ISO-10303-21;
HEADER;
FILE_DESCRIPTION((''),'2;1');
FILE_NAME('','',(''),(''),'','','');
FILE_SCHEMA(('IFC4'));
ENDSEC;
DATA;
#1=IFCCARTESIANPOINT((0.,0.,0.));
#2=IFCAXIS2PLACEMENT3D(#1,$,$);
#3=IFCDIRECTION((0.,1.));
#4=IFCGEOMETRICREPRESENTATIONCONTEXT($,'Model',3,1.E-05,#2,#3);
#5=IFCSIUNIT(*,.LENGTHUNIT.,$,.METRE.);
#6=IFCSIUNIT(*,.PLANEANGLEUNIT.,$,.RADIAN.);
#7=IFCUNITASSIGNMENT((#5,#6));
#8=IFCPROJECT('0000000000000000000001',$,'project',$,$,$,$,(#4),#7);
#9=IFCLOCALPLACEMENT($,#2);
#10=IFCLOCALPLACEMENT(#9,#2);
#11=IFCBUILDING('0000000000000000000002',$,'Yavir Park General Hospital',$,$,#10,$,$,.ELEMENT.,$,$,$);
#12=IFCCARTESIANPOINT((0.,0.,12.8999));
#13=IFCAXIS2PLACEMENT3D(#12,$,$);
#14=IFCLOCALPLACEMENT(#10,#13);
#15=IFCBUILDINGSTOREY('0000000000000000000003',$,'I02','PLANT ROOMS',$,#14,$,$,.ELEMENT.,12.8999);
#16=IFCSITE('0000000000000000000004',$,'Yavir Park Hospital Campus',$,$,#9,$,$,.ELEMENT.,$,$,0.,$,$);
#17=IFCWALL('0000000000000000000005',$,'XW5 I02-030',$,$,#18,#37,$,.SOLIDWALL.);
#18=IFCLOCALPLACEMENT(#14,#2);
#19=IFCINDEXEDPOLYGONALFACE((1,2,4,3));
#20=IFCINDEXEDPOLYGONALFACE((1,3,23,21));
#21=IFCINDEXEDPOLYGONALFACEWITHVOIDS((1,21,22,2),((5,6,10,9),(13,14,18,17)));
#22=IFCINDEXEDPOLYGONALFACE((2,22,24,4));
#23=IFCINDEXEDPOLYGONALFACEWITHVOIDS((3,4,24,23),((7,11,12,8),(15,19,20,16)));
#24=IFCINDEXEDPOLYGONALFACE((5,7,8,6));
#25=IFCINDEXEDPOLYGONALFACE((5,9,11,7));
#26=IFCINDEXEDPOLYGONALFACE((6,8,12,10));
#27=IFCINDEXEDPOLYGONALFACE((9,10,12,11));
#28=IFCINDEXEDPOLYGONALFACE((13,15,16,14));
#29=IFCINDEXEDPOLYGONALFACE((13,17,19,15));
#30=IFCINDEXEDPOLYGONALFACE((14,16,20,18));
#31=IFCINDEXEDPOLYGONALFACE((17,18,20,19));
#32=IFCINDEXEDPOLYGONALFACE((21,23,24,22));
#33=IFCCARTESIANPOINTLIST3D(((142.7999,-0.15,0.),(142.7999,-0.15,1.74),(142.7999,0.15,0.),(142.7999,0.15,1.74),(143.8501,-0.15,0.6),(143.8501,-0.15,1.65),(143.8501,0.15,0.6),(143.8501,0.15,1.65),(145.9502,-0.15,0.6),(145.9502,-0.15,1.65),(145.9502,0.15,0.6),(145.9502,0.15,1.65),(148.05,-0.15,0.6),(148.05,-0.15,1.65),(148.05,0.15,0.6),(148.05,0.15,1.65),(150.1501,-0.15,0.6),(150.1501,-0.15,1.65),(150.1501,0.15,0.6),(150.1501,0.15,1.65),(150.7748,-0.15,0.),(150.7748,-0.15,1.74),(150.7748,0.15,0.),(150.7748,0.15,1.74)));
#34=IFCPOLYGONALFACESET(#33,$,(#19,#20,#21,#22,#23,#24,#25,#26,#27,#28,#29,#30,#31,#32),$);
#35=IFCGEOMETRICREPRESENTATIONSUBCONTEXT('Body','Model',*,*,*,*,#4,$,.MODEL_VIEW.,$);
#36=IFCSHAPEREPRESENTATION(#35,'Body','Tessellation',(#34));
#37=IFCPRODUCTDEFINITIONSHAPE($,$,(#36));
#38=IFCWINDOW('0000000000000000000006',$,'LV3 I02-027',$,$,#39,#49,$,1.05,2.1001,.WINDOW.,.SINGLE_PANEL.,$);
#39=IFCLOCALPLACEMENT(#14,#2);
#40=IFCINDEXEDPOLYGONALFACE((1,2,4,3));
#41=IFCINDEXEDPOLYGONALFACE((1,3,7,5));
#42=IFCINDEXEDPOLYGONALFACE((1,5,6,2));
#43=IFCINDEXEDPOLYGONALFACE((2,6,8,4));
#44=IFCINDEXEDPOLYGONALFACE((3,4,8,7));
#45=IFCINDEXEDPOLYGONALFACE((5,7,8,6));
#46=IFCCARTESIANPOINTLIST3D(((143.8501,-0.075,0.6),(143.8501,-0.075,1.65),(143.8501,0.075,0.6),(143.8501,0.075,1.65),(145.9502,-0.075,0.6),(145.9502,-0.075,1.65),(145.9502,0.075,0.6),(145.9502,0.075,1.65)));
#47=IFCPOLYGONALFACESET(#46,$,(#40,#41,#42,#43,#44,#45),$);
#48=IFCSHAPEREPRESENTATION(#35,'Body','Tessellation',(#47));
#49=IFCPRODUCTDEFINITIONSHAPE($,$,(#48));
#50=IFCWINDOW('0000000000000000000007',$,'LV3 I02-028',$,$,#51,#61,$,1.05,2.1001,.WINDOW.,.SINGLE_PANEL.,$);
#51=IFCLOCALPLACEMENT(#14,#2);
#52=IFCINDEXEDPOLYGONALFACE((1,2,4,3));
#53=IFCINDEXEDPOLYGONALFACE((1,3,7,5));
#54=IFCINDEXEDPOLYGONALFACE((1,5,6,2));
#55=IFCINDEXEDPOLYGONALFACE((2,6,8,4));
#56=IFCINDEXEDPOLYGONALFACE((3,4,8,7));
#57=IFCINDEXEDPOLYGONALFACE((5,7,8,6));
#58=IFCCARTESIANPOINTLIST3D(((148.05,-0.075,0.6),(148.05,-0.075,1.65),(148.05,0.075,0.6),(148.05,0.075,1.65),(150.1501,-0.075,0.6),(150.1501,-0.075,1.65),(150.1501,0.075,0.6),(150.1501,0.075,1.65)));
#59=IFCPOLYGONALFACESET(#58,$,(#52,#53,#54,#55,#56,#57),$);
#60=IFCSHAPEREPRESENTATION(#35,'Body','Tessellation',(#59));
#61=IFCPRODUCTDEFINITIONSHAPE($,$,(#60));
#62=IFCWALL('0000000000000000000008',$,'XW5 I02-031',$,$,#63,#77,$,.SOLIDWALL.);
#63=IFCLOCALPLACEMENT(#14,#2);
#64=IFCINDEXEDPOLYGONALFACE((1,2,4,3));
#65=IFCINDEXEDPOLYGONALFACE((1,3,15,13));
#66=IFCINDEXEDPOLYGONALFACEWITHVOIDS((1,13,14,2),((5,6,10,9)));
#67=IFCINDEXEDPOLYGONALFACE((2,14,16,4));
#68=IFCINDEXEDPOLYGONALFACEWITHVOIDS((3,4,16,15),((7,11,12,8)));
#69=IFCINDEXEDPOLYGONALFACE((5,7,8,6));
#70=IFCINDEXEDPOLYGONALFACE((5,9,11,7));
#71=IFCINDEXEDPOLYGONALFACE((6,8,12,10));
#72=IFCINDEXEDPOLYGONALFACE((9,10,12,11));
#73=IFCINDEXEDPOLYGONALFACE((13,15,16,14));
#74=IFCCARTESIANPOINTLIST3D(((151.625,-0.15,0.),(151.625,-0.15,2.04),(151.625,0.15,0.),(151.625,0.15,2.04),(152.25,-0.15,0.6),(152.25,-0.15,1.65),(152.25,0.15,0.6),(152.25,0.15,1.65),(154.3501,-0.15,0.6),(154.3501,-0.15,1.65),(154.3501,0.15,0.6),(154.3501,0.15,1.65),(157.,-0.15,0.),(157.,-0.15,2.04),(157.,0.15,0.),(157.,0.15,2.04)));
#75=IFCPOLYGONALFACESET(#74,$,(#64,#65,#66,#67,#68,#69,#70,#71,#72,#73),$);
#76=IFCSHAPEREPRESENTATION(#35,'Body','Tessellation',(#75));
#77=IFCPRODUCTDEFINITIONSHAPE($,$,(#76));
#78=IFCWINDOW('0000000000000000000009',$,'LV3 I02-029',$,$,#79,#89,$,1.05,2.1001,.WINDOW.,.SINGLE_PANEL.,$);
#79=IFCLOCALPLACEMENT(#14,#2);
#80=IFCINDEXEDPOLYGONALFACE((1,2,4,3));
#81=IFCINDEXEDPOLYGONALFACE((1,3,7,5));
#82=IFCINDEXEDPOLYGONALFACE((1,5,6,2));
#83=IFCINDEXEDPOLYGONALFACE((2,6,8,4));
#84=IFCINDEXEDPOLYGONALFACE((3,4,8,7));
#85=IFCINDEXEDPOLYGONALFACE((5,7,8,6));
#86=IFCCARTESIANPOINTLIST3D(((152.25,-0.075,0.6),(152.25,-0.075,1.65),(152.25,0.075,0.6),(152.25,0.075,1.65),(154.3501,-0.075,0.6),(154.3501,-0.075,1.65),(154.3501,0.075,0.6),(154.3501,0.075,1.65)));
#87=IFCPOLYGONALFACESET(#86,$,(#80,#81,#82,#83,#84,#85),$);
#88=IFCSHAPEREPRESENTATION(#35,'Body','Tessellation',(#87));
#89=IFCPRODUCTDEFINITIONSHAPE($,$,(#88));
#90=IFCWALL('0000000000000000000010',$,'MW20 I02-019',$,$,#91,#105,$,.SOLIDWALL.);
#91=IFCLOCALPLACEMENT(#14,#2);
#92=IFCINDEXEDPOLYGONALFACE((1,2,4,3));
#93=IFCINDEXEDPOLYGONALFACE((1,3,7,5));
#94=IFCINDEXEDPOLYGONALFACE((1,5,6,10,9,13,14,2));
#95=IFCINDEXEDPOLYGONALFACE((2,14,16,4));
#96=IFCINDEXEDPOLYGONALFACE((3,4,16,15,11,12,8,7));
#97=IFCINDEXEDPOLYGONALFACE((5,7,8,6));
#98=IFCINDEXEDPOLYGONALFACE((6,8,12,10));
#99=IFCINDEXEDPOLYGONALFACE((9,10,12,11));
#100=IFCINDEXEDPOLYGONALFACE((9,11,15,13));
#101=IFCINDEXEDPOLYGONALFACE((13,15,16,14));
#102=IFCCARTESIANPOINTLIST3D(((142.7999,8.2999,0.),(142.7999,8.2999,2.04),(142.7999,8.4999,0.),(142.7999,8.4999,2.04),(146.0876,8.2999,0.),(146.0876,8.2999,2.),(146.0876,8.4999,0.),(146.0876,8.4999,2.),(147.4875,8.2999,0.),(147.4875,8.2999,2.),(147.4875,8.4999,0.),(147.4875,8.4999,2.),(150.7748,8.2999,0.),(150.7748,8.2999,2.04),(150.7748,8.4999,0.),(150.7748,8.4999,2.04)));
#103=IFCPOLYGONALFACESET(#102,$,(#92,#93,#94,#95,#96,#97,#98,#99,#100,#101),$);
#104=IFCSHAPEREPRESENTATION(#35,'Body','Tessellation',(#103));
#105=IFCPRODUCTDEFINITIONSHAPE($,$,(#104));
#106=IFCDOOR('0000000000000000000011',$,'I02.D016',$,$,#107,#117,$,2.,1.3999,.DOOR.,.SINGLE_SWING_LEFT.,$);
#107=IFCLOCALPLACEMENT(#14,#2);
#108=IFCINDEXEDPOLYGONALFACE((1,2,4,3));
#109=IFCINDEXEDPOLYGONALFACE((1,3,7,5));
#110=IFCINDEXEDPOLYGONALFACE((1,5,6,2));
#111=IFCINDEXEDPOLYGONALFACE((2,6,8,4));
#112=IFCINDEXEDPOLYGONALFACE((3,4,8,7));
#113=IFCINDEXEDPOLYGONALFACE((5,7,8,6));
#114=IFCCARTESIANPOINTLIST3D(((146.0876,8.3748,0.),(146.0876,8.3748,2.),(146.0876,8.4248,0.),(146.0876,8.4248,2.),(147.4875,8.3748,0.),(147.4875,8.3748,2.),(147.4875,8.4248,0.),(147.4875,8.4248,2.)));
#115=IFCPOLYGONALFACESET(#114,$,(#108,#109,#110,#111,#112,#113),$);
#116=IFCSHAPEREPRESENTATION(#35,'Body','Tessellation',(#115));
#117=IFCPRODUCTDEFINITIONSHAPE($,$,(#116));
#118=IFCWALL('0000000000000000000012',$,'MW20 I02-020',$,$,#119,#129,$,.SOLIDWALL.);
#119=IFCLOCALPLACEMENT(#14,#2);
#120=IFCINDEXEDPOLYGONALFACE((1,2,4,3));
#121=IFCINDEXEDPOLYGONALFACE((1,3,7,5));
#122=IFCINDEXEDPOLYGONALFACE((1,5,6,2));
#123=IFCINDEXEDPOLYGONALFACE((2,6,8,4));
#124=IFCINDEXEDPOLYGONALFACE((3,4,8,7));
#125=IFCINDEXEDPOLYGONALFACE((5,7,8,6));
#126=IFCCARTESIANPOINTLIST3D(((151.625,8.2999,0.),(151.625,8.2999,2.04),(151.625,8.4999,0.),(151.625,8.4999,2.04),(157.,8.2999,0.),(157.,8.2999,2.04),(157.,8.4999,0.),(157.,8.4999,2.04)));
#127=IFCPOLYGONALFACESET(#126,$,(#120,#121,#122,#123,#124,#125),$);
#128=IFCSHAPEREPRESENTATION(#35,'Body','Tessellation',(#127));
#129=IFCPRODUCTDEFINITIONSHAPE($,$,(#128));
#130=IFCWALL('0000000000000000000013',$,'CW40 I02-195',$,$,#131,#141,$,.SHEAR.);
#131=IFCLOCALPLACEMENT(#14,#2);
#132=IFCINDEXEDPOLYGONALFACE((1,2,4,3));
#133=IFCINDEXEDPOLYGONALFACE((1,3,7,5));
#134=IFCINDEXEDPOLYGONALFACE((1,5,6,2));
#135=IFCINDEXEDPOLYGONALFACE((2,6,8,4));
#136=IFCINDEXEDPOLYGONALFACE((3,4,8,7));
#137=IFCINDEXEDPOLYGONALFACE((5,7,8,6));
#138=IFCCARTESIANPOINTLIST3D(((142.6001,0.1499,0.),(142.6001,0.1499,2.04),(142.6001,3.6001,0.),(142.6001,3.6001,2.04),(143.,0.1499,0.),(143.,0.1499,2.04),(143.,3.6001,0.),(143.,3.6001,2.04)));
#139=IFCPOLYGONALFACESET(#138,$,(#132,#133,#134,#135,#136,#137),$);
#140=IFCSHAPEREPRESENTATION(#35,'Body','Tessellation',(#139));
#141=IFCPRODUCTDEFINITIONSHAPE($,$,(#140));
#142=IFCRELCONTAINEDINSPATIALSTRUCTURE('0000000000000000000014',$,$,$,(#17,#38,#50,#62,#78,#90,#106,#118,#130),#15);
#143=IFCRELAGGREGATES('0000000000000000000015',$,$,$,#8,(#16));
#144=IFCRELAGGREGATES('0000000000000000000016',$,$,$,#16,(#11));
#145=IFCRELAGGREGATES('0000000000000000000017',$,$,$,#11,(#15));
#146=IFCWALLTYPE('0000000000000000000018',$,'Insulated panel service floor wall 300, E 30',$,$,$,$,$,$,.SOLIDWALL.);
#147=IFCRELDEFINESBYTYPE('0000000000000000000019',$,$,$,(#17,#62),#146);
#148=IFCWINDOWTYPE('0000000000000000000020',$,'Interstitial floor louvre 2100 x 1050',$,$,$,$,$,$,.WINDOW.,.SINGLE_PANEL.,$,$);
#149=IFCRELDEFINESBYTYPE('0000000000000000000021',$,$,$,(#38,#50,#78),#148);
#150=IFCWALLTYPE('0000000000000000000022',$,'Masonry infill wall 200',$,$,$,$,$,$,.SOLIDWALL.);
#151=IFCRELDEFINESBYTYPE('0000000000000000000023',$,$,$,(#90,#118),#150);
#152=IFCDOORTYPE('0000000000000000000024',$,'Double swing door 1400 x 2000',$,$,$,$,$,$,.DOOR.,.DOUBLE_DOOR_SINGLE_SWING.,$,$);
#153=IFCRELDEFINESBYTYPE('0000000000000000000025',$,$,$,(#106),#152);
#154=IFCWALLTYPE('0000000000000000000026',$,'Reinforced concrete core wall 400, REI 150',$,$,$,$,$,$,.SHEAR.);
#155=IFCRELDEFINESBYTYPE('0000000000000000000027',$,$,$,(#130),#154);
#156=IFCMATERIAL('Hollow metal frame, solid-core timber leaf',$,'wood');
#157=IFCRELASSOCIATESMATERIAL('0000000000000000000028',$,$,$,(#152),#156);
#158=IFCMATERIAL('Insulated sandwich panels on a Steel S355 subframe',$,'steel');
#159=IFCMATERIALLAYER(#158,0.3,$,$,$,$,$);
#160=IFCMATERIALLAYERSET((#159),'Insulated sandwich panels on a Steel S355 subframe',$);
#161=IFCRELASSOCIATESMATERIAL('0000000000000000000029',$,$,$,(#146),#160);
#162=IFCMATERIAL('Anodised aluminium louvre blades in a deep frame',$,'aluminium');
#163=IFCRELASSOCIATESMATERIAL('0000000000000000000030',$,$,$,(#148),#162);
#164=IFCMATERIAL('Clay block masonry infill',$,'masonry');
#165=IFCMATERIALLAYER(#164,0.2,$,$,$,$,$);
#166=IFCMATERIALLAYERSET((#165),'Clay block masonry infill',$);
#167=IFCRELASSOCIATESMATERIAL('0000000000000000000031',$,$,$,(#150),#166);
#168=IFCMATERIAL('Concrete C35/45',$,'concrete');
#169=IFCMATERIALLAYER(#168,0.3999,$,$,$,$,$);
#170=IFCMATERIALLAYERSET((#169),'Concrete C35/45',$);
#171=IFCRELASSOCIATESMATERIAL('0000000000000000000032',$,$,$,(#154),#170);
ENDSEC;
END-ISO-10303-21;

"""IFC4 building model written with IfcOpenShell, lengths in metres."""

from ifc_helpers import new_model, si_unit, direction, frame, frame_2d, origin, place, context, subcontext, project, spatial, rectangle, extrude, material, layer, layer_set, type_object, element, fill, save


model = new_model("IFC4")

# Units and contexts
model_context = context("Model", 3, precision=1e-05, world=origin(), true_north=direction((0.0, 1.0)))
body_context = subcontext(model_context, "Body", "Model", "MODEL_VIEW")
ifc_project = project(units=[si_unit("LENGTHUNIT", "METRE"), si_unit("PLANEANGLEUNIT", "RADIAN")], contexts=[model_context])

# Site, building, storey
site_placement = place(None, origin())
site = spatial("IfcSite", under=ifc_project, at=site_placement, Name="Yavir Park Hospital Campus", CompositionType="ELEMENT", RefElevation=0.0)
building_placement = place(site_placement, origin())
building = spatial("IfcBuilding", under=site, at=building_placement, Name="Yavir Park General Hospital", CompositionType="ELEMENT")
storey_placement = place(building_placement, frame((0.0, 0.0, 12.8999)))
storey = spatial("IfcBuildingStorey", under=building, at=storey_placement, Name="I02", Description="PLANT ROOMS", CompositionType="ELEMENT", Elevation=12.8999)

# Shared definitions
ifc_material_1 = material(Name="Hollow metal frame, solid-core timber leaf", Category="wood")
door_type_1 = type_object("IfcDoorType", Name="Double swing door 1400 x 2000", OperationType="DOUBLE_DOOR_SINGLE_SWING", PredefinedType="DOOR", material=ifc_material_1)

# Wall, openings, windows
ifc_material_2 = material(Name="Insulated sandwich panels on a Steel S355 subframe", Category="steel")
ifc_layer_1 = layer(ifc_material_2, 0.3)
ifc_layer_set_1 = layer_set([ifc_layer_1], Name="Insulated sandwich panels on a Steel S355 subframe")
wall_type_1 = type_object("IfcWallType", Name="Insulated panel service floor wall 300, E 30", PredefinedType="SOLIDWALL", material=ifc_layer_set_1)
wall_1_placement = place(storey_placement, frame((142.8, 0.0, 0.0), z_axis=(0.0, 0.0, 1.0), x_axis=(1.0, 0.0, 0.0)))
wall_1 = element("IfcWall", 1, at=wall_1_placement, inside=storey, type_object=wall_type_1, Name="XW5 I02-030", PredefinedType="SOLIDWALL", context=body_context, shape_type="SweptSolid", body=[
    extrude(rectangle(XDim=7.9749, YDim=0.3, at=frame_2d((3.9873, 0.0))), origin(), (0.0, 0.0, 1.0), 1.74),
])
opening_1_placement = place(wall_1_placement, frame((1.05, 0.0, 0.6001)))
opening_1 = element("IfcOpeningElement", 2, at=opening_1_placement, cuts=wall_1, PredefinedType="OPENING", context=body_context, shape_type="SweptSolid", body=[
    extrude(rectangle(XDim=2.1001, YDim=1.05, at=frame_2d((1.05, 0.5249))), frame((0.0, 0.1599, 0.0), z_axis=(0.0, -1.0, 0.0), x_axis=(1.0, 0.0, 0.0)), (0.0, 0.0, 1.0), 0.3201),
])
opening_2_placement = place(wall_1_placement, frame((5.25, 0.0, 0.6001)))
opening_2 = element("IfcOpeningElement", 3, at=opening_2_placement, cuts=wall_1, PredefinedType="OPENING", context=body_context, shape_type="SweptSolid", body=[
    extrude(rectangle(XDim=2.1001, YDim=1.05, at=frame_2d((1.05, 0.5249))), frame((0.0, 0.1599, 0.0), z_axis=(0.0, -1.0, 0.0), x_axis=(1.0, 0.0, 0.0)), (0.0, 0.0, 1.0), 0.3201),
])
ifc_material_3 = material(Name="Anodised aluminium louvre blades in a deep frame", Category="aluminium")
window_type = type_object("IfcWindowType", Name="Interstitial floor louvre 2100 x 1050", PartitioningType="SINGLE_PANEL", PredefinedType="WINDOW", material=ifc_material_3)
window_1_placement = place(opening_1_placement, origin())
window_1 = element("IfcWindow", 4, at=window_1_placement, inside=storey, type_object=window_type, Name="LV3 I02-027", OverallHeight=1.05, OverallWidth=2.1001, PartitioningType="SINGLE_PANEL", PredefinedType="WINDOW", context=body_context, shape_type="SweptSolid", body=[
    extrude(rectangle(XDim=2.1001, YDim=1.05, at=frame_2d((1.05, 0.5249))), frame((0.0, 0.075, 0.0), z_axis=(0.0, -1.0, 0.0), x_axis=(1.0, 0.0, 0.0)), (0.0, 0.0, 1.0), 0.1499),
])
fill(opening_1, window_1)
window_2_placement = place(opening_2_placement, origin())
window_2 = element("IfcWindow", 5, at=window_2_placement, inside=storey, type_object=window_type, Name="LV3 I02-028", OverallHeight=1.05, OverallWidth=2.1001, PartitioningType="SINGLE_PANEL", PredefinedType="WINDOW", context=body_context, shape_type="SweptSolid", body=[
    extrude(rectangle(XDim=2.1001, YDim=1.05, at=frame_2d((1.05, 0.5249))), frame((0.0, 0.075, 0.0), z_axis=(0.0, -1.0, 0.0), x_axis=(1.0, 0.0, 0.0)), (0.0, 0.0, 1.0), 0.1499),
])
fill(opening_2, window_2)

# Wall, opening, window
wall_2_placement = place(storey_placement, frame((151.625, 0.0, 0.0), z_axis=(0.0, 0.0, 1.0), x_axis=(1.0, 0.0, 0.0)))
wall_2 = element("IfcWall", 6, at=wall_2_placement, inside=storey, type_object=wall_type_1, Name="XW5 I02-031", PredefinedType="SOLIDWALL", context=body_context, shape_type="SweptSolid", body=[
    extrude(rectangle(XDim=5.375, YDim=0.3, at=frame_2d((2.6875, 0.0))), origin(), (0.0, 0.0, 1.0), 2.04),
])
opening_3_placement = place(wall_2_placement, frame((0.625, 0.0, 0.6001)))
opening_3 = element("IfcOpeningElement", 7, at=opening_3_placement, cuts=wall_2, PredefinedType="OPENING", context=body_context, shape_type="SweptSolid", body=[
    extrude(rectangle(XDim=2.1001, YDim=1.05, at=frame_2d((1.05, 0.5249))), frame((0.0, 0.1599, 0.0), z_axis=(0.0, -1.0, 0.0), x_axis=(1.0, 0.0, 0.0)), (0.0, 0.0, 1.0), 0.3201),
])
window_3_placement = place(opening_3_placement, origin())
window_3 = element("IfcWindow", 8, at=window_3_placement, inside=storey, type_object=window_type, Name="LV3 I02-029", OverallHeight=1.05, OverallWidth=2.1001, PartitioningType="SINGLE_PANEL", PredefinedType="WINDOW", context=body_context, shape_type="SweptSolid", body=[
    extrude(rectangle(XDim=2.1001, YDim=1.05, at=frame_2d((1.05, 0.5249))), frame((0.0, 0.075, 0.0), z_axis=(0.0, -1.0, 0.0), x_axis=(1.0, 0.0, 0.0)), (0.0, 0.0, 1.0), 0.1499),
])
fill(opening_3, window_3)

# Wall, opening, door
ifc_material_4 = material(Name="Clay block masonry infill", Category="masonry")
ifc_layer_2 = layer(ifc_material_4, 0.2)
ifc_layer_set_2 = layer_set([ifc_layer_2], Name="Clay block masonry infill")
wall_type_2 = type_object("IfcWallType", Name="Masonry infill wall 200", PredefinedType="SOLIDWALL", material=ifc_layer_set_2)
wall_3_placement = place(storey_placement, frame((142.8, 8.3999, 0.0), z_axis=(0.0, 0.0, 1.0), x_axis=(1.0, 0.0, 0.0)))
wall_3 = element("IfcWall", 9, at=wall_3_placement, inside=storey, type_object=wall_type_2, Name="MW20 I02-019", PredefinedType="SOLIDWALL", context=body_context, shape_type="SweptSolid", body=[
    extrude(rectangle(XDim=7.9749, YDim=0.2, at=frame_2d((3.9873, 0.0))), origin(), (0.0, 0.0, 1.0), 2.04),
])
opening_4_placement = place(wall_3_placement, frame((3.2876, 0.0, 0.0)))
opening_4 = element("IfcOpeningElement", 10, at=opening_4_placement, cuts=wall_3, PredefinedType="OPENING", context=body_context, shape_type="SweptSolid", body=[
    extrude(rectangle(XDim=1.3999, YDim=2.0, at=frame_2d((0.7, 1.0))), frame((0.0, 0.1099, 0.0), z_axis=(0.0, -1.0, 0.0), x_axis=(1.0, 0.0, 0.0)), (0.0, 0.0, 1.0), 0.22),
])
door_1_placement = place(opening_4_placement, origin())
door_1 = element("IfcDoor", 11, at=door_1_placement, inside=storey, type_object=door_type_1, Name="I02.D016", OperationType="SINGLE_SWING_LEFT", OverallHeight=2.0, OverallWidth=1.3999, PredefinedType="DOOR", context=body_context, shape_type="SweptSolid", body=[
    extrude(rectangle(XDim=1.3999, YDim=2.0, at=frame_2d((0.7, 1.0))), frame((0.0, 0.0249, 0.0), z_axis=(0.0, -1.0, 0.0), x_axis=(1.0, 0.0, 0.0)), (0.0, 0.0, 1.0), 0.05),
])
fill(opening_4, door_1)

# Walls
wall_4_placement = place(storey_placement, frame((151.625, 8.3999, 0.0), z_axis=(0.0, 0.0, 1.0), x_axis=(1.0, 0.0, 0.0)))
element("IfcWall", 12, at=wall_4_placement, inside=storey, type_object=wall_type_2, Name="MW20 I02-020", PredefinedType="SOLIDWALL", context=body_context, shape_type="SweptSolid", body=[
    extrude(rectangle(XDim=5.375, YDim=0.2, at=frame_2d((2.6875, 0.0))), origin(), (0.0, 0.0, 1.0), 2.04),
])
ifc_material_5 = material(Name="Concrete C35/45", Category="concrete")
ifc_layer_3 = layer(ifc_material_5, 0.3999)
ifc_layer_set_3 = layer_set([ifc_layer_3], Name="Concrete C35/45")
wall_type_3 = type_object("IfcWallType", Name="Reinforced concrete core wall 400, REI 150", PredefinedType="SHEAR", material=ifc_layer_set_3)
wall_5_placement = place(storey_placement, frame((142.8, 0.1499, 0.0), z_axis=(0.0, 0.0, 1.0), x_axis=(0.0, 1.0, 0.0)))
element("IfcWall", 13, at=wall_5_placement, inside=storey, type_object=wall_type_3, Name="CW40 I02-195", PredefinedType="SHEAR", context=body_context, shape_type="SweptSolid", body=[
    extrude(rectangle(XDim=3.4502, YDim=0.3999, at=frame_2d((1.7251, 0.0))), origin(), (0.0, 0.0, 1.0), 2.04),
])

save(model, "model.ifc")
